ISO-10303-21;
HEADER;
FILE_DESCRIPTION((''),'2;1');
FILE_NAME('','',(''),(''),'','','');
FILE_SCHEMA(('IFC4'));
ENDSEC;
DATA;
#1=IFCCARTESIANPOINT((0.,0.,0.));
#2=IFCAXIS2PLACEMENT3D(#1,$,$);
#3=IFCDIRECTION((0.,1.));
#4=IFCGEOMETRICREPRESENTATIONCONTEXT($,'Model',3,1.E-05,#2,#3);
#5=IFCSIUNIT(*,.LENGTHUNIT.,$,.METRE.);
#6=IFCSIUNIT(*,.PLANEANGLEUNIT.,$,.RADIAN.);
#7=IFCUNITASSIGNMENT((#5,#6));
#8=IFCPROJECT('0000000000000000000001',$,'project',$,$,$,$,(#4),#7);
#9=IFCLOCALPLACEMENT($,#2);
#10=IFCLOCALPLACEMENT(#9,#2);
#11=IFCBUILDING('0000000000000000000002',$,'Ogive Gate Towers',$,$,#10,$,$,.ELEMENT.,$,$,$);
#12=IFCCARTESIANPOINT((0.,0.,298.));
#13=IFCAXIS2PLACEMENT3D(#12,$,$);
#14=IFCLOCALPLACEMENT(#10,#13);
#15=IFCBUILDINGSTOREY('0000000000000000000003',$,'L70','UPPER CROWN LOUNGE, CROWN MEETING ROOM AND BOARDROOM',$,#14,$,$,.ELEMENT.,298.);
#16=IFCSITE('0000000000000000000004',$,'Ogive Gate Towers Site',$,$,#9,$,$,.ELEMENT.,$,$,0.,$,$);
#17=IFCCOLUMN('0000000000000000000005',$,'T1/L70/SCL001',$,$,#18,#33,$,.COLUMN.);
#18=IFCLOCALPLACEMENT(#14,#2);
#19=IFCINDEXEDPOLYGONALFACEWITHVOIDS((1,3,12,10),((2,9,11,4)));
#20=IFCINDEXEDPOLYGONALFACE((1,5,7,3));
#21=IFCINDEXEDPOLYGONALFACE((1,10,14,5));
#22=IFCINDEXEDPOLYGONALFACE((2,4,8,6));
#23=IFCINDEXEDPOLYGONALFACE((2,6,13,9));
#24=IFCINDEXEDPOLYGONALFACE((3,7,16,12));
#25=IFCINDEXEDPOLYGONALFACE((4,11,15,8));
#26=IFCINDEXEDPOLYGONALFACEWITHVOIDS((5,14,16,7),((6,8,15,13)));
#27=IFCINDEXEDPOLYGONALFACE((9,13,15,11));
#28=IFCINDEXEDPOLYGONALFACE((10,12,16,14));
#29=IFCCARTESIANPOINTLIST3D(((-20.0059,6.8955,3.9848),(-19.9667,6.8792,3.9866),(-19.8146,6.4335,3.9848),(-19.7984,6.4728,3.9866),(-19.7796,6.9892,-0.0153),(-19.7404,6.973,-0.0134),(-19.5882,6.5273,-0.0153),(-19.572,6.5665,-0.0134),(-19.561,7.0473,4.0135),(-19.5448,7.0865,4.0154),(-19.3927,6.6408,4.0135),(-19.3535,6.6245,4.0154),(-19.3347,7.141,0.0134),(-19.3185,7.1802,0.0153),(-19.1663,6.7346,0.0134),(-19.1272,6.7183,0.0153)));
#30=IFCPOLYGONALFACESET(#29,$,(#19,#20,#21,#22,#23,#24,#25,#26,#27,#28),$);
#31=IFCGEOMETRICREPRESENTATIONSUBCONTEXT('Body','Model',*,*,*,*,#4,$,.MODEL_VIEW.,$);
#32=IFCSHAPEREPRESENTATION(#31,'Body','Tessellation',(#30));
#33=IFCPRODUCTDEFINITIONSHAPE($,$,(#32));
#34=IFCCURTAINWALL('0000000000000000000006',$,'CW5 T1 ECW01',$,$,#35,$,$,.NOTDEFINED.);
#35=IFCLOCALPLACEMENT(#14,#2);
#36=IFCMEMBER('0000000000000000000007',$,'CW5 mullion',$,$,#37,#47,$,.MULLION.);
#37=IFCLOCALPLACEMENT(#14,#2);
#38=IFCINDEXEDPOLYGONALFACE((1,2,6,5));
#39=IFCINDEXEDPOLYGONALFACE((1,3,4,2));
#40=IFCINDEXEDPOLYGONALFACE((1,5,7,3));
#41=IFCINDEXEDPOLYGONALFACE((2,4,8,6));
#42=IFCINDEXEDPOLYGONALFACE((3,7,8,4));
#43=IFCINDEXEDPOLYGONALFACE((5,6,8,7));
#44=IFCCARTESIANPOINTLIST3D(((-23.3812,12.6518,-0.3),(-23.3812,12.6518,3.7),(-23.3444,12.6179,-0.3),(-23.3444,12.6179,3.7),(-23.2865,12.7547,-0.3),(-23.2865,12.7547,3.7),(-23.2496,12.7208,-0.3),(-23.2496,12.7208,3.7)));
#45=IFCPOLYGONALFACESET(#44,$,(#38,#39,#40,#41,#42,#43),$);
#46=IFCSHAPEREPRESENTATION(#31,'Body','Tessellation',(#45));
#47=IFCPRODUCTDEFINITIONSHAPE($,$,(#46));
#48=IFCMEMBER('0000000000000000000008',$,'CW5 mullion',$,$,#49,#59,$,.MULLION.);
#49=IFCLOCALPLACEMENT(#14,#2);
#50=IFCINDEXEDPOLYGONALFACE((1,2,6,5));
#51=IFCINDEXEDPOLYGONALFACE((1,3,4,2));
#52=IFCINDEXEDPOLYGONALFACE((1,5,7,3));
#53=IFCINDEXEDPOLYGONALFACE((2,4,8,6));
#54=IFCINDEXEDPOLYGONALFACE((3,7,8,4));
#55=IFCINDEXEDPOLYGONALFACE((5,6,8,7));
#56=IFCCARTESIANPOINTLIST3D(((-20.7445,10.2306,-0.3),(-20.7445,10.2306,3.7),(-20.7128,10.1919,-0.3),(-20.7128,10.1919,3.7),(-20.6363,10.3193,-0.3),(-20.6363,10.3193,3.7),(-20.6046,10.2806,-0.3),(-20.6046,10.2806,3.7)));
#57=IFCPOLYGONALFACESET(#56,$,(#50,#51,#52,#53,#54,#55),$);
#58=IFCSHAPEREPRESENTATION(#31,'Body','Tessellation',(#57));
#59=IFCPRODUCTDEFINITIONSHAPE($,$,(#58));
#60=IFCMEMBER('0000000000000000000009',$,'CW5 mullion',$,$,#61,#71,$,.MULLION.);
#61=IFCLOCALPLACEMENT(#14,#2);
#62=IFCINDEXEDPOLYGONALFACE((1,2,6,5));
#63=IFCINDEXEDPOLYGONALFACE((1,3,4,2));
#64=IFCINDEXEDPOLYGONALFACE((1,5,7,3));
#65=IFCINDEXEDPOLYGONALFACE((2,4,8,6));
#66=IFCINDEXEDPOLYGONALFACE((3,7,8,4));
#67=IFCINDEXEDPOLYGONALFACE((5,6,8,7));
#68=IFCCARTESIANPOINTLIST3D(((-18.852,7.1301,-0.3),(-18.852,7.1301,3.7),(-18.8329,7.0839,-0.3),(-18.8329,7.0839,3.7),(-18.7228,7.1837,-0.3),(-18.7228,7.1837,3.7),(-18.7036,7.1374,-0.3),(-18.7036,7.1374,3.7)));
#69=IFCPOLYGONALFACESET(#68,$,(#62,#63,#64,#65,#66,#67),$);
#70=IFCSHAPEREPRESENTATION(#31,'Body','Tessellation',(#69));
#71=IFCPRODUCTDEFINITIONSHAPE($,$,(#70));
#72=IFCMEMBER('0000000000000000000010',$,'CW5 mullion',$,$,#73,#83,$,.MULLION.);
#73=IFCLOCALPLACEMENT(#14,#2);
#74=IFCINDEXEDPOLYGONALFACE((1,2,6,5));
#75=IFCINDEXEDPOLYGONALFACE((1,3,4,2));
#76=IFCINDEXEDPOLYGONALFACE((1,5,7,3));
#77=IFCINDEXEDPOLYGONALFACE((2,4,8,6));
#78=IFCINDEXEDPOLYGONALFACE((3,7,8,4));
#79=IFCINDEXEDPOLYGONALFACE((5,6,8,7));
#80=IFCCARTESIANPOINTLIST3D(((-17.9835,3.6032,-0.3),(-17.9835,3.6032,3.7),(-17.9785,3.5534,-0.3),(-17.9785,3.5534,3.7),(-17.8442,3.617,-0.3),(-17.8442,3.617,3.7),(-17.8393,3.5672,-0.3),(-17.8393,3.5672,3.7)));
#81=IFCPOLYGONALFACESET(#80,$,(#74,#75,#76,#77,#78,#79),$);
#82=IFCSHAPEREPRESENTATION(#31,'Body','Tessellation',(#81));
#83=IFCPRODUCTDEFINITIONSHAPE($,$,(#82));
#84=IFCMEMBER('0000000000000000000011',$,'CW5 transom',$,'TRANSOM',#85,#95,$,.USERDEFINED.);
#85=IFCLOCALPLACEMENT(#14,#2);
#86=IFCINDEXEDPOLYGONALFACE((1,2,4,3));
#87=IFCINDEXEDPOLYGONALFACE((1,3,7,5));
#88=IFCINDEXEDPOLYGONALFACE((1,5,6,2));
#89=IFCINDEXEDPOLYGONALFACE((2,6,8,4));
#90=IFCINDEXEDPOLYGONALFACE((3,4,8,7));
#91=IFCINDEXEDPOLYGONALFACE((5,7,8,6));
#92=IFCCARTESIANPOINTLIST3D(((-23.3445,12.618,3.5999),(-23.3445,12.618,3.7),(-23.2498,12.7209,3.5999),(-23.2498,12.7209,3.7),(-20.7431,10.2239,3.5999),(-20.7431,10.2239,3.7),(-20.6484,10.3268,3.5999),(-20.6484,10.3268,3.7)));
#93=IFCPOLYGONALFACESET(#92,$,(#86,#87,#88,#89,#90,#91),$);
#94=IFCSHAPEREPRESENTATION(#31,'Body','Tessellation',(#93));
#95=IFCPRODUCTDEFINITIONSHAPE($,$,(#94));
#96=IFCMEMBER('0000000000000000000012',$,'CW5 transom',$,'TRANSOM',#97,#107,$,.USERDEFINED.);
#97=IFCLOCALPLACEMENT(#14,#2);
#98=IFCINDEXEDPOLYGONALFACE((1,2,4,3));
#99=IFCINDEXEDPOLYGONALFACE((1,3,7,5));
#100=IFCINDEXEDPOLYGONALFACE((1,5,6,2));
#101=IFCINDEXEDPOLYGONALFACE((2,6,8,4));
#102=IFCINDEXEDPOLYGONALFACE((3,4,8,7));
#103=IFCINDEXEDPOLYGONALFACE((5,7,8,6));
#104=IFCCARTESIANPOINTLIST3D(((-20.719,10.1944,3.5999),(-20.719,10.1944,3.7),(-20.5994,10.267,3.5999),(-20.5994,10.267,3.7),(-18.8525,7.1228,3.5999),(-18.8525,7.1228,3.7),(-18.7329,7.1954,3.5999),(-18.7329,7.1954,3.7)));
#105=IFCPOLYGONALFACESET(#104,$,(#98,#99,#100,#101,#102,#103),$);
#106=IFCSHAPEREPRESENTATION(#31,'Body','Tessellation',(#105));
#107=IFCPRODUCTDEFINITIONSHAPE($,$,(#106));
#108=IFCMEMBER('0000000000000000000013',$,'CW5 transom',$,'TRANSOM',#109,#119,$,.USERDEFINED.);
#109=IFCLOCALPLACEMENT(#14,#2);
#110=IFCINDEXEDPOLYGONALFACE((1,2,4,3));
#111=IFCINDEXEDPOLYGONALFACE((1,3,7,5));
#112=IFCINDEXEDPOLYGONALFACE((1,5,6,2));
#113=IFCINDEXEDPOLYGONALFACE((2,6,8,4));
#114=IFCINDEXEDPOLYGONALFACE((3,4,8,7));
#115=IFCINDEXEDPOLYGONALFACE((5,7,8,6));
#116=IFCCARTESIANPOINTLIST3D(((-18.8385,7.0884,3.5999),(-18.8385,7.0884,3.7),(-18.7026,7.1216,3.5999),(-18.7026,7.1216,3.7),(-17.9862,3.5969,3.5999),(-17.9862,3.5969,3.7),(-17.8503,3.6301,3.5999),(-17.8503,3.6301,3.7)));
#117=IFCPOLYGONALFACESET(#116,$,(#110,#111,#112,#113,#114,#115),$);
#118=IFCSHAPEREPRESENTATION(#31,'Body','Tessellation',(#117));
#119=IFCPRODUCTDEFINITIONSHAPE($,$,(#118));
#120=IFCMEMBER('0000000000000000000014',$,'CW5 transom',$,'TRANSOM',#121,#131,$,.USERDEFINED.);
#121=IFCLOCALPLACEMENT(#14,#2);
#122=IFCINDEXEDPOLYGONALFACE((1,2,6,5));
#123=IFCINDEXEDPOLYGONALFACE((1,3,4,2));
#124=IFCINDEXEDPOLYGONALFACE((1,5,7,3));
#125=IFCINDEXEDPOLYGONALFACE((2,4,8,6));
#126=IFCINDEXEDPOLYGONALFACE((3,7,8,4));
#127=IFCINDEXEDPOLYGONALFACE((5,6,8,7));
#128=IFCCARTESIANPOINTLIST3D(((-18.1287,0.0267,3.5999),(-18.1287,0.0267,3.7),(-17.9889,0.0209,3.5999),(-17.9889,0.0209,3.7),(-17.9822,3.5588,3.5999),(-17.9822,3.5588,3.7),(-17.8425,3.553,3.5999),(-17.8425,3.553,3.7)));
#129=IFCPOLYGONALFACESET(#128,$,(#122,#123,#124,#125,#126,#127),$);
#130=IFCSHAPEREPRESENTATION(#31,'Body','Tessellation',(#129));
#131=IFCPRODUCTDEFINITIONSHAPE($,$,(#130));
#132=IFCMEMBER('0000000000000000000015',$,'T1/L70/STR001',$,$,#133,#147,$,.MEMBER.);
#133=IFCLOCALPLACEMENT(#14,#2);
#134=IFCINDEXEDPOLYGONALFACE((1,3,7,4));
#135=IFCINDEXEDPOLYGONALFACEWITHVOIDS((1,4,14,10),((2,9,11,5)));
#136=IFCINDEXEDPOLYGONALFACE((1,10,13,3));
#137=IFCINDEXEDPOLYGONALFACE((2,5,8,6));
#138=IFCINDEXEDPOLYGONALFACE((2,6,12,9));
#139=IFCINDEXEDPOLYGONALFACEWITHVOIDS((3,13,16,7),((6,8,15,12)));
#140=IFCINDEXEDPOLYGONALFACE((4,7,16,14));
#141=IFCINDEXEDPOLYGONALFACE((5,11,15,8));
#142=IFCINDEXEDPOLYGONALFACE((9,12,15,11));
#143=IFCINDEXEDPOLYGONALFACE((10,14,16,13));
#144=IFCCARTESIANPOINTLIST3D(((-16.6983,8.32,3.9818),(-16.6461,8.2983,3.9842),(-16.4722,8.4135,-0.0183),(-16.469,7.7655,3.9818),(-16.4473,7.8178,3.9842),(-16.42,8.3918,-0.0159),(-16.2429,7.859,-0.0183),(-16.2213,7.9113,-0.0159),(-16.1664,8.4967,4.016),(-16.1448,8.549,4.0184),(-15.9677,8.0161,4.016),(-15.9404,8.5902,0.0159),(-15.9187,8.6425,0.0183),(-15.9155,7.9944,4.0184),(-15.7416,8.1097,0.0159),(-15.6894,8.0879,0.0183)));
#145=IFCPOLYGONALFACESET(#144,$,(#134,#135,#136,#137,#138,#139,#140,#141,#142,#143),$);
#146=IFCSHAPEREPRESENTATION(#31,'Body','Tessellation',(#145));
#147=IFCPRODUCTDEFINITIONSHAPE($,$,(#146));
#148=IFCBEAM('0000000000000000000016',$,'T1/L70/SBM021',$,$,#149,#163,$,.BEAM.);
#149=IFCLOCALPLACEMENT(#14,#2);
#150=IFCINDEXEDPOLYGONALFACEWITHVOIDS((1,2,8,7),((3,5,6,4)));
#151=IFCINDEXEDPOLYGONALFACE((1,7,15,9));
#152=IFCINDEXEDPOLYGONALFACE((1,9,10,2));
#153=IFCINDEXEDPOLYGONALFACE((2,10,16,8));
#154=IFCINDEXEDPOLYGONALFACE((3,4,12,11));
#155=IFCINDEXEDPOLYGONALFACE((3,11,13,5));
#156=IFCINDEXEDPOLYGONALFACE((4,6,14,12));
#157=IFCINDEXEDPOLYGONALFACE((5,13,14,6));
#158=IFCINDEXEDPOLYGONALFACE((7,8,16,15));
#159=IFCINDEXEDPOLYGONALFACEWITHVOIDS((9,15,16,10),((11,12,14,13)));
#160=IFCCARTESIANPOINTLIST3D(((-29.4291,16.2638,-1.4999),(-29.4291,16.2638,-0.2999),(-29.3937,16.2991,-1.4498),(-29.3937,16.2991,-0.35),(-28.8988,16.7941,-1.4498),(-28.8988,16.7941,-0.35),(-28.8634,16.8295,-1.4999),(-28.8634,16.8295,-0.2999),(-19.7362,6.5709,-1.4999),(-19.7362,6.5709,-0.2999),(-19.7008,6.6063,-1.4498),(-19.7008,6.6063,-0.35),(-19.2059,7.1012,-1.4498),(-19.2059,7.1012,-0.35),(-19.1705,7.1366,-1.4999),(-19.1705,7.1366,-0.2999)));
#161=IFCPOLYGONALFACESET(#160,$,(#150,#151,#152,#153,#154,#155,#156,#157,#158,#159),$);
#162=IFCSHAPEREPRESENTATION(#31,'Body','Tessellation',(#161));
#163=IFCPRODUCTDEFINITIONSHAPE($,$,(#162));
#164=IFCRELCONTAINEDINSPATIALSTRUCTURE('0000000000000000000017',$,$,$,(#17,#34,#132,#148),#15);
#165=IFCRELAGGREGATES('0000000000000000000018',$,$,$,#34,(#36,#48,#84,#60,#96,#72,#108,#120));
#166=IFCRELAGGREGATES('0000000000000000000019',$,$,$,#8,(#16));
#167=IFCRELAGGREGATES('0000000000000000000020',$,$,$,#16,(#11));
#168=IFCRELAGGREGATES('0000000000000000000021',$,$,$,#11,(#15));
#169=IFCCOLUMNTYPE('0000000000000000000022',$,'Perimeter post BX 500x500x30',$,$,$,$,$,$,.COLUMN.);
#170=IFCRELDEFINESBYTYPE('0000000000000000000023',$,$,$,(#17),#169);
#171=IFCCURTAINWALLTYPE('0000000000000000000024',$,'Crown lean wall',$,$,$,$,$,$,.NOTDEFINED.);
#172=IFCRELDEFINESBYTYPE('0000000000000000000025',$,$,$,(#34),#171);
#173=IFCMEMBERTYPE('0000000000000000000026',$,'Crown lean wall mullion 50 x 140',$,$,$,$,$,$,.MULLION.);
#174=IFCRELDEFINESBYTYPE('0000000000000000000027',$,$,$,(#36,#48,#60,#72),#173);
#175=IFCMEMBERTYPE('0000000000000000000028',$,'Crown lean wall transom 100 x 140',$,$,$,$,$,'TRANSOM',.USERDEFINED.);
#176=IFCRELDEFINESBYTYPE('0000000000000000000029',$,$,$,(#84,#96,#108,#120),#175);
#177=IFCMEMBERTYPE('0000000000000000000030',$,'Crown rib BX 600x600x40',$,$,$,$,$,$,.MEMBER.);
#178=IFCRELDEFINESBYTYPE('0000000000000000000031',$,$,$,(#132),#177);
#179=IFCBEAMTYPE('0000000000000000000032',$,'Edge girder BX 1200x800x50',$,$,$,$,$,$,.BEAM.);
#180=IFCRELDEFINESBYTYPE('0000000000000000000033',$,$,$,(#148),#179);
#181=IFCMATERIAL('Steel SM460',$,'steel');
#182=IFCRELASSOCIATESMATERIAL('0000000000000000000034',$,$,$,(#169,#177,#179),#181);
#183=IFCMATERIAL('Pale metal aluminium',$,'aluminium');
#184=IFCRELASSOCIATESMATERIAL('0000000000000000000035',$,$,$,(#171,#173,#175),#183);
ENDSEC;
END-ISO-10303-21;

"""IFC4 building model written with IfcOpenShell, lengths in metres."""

from ifc_helpers import new_model, si_unit, direction, frame, origin, origin_2d, place, context, subcontext, project, spatial, rectangle, hollow_rectangle, extrude, material, material_profile, profile_set, type_object, element, aggregate, save


model = new_model("IFC4")

# Units and contexts
model_context = context("Model", 3, precision=1e-05, world=origin(), true_north=direction((0.0, 1.0)))
body_context = subcontext(model_context, "Body", "Model", "MODEL_VIEW")
ifc_project = project(units=[si_unit("LENGTHUNIT", "METRE"), si_unit("PLANEANGLEUNIT", "RADIAN")], contexts=[model_context])

# Site, building, storey
site_placement = place(None, origin())
site = spatial("IfcSite", under=ifc_project, at=site_placement, Name="Ogive Gate Towers Site", CompositionType="ELEMENT", RefElevation=0.0)
building_placement = place(site_placement, origin())
building = spatial("IfcBuilding", under=site, at=building_placement, Name="Ogive Gate Towers", CompositionType="ELEMENT")
storey_placement = place(building_placement, frame((0.0, 0.0, 298.0)))
storey = spatial("IfcBuildingStorey", under=building, at=storey_placement, Name="L70", Description="UPPER CROWN LOUNGE, CROWN MEETING ROOM AND BOARDROOM", CompositionType="ELEMENT", Elevation=298.0)

# Column
ifc_material_1 = material(Name="Steel SM460", Category="steel")
ifc_material_profile_1 = material_profile(ifc_material_1, hollow_rectangle(XDim=0.5, YDim=0.5, WallThickness=0.03, at=origin_2d()), Name="BX 500x500x30")
ifc_profile_set_1 = profile_set([ifc_material_profile_1], Name="Steel SM460")
column_type = type_object("IfcColumnType", Name="Perimeter post BX 500x500x30", PredefinedType="COLUMN", material=ifc_profile_set_1)
column_placement = place(storey_placement, frame((-19.4534, 6.8538, 0.0), z_axis=(-0.056474, -0.023394, 0.99813), x_axis=(0.382704, -0.923871, 0.0)))
element("IfcColumn", 1, at=column_placement, inside=storey, type_object=column_type, Name="T1/L70/SCL001", PredefinedType="COLUMN", context=body_context, shape_type="SweptSolid", body=[
    extrude(hollow_rectangle(XDim=0.5, YDim=0.5, WallThickness=0.03, at=origin_2d()), origin(), (0.0, 0.0, 1.0), 4.0076),
])

# Curtain wall, members
ifc_material_2 = material(Name="Pale metal aluminium", Category="aluminium")
curtain_wall_type = type_object("IfcCurtainWallType", Name="Crown lean wall", PredefinedType="NOTDEFINED", material=ifc_material_2)
curtain_wall_placement = place(storey_placement, origin())
curtain_wall = element("IfcCurtainWall", 2, at=curtain_wall_placement, inside=storey, type_object=curtain_wall_type, Name="CW5 T1 ECW01", PredefinedType="NOTDEFINED")
ifc_material_profile_2 = material_profile(ifc_material_2, rectangle(XDim=0.1399, YDim=0.05, at=origin_2d()), Name="50 x 140 aluminium box")
ifc_profile_set_2 = profile_set([ifc_material_profile_2], Name="Pale metal aluminium")
member_type_1 = type_object("IfcMemberType", Name="Crown lean wall mullion 50 x 140", PredefinedType="MULLION", material=ifc_profile_set_2)
member_1_placement = place(storey_placement, frame((-23.3154, 12.6863, -0.3), z_axis=(0.0, 0.0, 1.0), x_axis=(-0.677184, -0.735813, 0.0)))
member_1 = element("IfcMember", 3, at=member_1_placement, type_object=member_type_1, Name="CW5 mullion", PredefinedType="MULLION", context=body_context, shape_type="SweptSolid", body=[
    extrude(rectangle(XDim=0.1399, YDim=0.05, at=origin_2d()), origin(), (0.0, 0.0, 1.0), 4.0),
])
member_2_placement = place(storey_placement, frame((-20.6746, 10.2556, -0.3), z_axis=(0.0, 0.0, 1.0), x_axis=(-0.77352, -0.633772, 0.0)))
member_2 = element("IfcMember", 4, at=member_2_placement, type_object=member_type_1, Name="CW5 mullion", PredefinedType="MULLION", context=body_context, shape_type="SweptSolid", body=[
    extrude(rectangle(XDim=0.1399, YDim=0.05, at=origin_2d()), origin(), (0.0, 0.0, 1.0), 4.0),
])
member_3_placement = place(storey_placement, frame((-18.7778, 7.1338, -0.3), z_axis=(0.0, 0.0, 1.0), x_axis=(-0.92388, -0.382683, 0.0)))
member_3 = element("IfcMember", 5, at=member_3_placement, type_object=member_type_1, Name="CW5 mullion", PredefinedType="MULLION", context=body_context, shape_type="SweptSolid", body=[
    extrude(rectangle(XDim=0.1399, YDim=0.05, at=origin_2d()), origin(), (0.0, 0.0, 1.0), 4.0),
])
member_4_placement = place(storey_placement, frame((-17.9114, 3.5852, -0.3), z_axis=(0.0, 0.0, 1.0), x_axis=(-0.995104, -0.098833, 0.0)))
member_4 = element("IfcMember", 6, at=member_4_placement, type_object=member_type_1, Name="CW5 mullion", PredefinedType="MULLION", context=body_context, shape_type="SweptSolid", body=[
    extrude(rectangle(XDim=0.1399, YDim=0.05, at=origin_2d()), origin(), (0.0, 0.0, 1.0), 4.0),
])
ifc_material_profile_3 = material_profile(ifc_material_2, rectangle(XDim=0.1399, YDim=0.1001, at=origin_2d()), Name="100 x 140 aluminium box")
ifc_profile_set_3 = profile_set([ifc_material_profile_3], Name="Pale metal aluminium")
member_type_2 = type_object("IfcMemberType", Name="Crown lean wall transom 100 x 140", ElementType="TRANSOM", PredefinedType="USERDEFINED", material=ifc_profile_set_3)
member_5_placement = place(storey_placement, frame((-23.2971, 12.6694, 3.6499), z_axis=(0.735814, -0.677184, 0.0), x_axis=(0.677184, 0.735814, 0.0)))
member_5 = element("IfcMember", 7, at=member_5_placement, type_object=member_type_2, Name="CW5 transom", ObjectType="TRANSOM", PredefinedType="USERDEFINED", context=body_context, shape_type="SweptSolid", body=[
    extrude(rectangle(XDim=0.1399, YDim=0.1001, at=origin_2d()), origin(), (0.0, 0.0, 1.0), 3.5354),
])
member_6_placement = place(storey_placement, frame((-20.6592, 10.2307, 3.6499), z_axis=(0.519302, -0.854591, 0.0), x_axis=(0.854591, 0.519302, 0.0)))
member_6 = element("IfcMember", 8, at=member_6_placement, type_object=member_type_2, Name="CW5 transom", ObjectType="TRANSOM", PredefinedType="USERDEFINED", context=body_context, shape_type="SweptSolid", body=[
    extrude(rectangle(XDim=0.1399, YDim=0.1001, at=origin_2d()), origin(), (0.0, 0.0, 1.0), 3.5942),
])
member_7_placement = place(storey_placement, frame((-18.7705, 7.105, 3.6499), z_axis=(0.237145, -0.971474, 0.0), x_axis=(0.971474, 0.237145, 0.0)))
member_7 = element("IfcMember", 9, at=member_7_placement, type_object=member_type_2, Name="CW5 transom", ObjectType="TRANSOM", PredefinedType="USERDEFINED", context=body_context, shape_type="SweptSolid", body=[
    extrude(rectangle(XDim=0.1399, YDim=0.1001, at=origin_2d()), origin(), (0.0, 0.0, 1.0), 3.594),
])
member_8_placement = place(storey_placement, frame((-17.9124, 3.5559, 3.6499), z_axis=(-0.041435, -0.999141, 0.0), x_axis=(0.999141, -0.041435, 0.0)))
member_8 = element("IfcMember", 10, at=member_8_placement, type_object=member_type_2, Name="CW5 transom", ObjectType="TRANSOM", PredefinedType="USERDEFINED", context=body_context, shape_type="SweptSolid", body=[
    extrude(rectangle(XDim=0.1399, YDim=0.1001, at=origin_2d()), origin(), (0.0, 0.0, 1.0), 3.5352),
])

# Member
ifc_material_profile_4 = material_profile(ifc_material_1, hollow_rectangle(XDim=0.6001, YDim=0.6001, WallThickness=0.04, at=origin_2d()), Name="BX 600x600x40")
ifc_profile_set_4 = profile_set([ifc_material_profile_4], Name="Steel SM460")
member_type_3 = type_object("IfcMemberType", Name="Crown rib BX 600x600x40", PredefinedType="MEMBER", material=ifc_profile_set_4)
member_9_placement = place(storey_placement, frame((-16.0808, 8.2507, 0.0), z_axis=(-0.056413, -0.023333, 0.998135), x_axis=(0.382205, -0.924078, 0.0)))
element("IfcMember", 11, at=member_9_placement, inside=storey, type_object=member_type_3, Name="T1/L70/STR001", PredefinedType="MEMBER", context=body_context, shape_type="SweptSolid", body=[
    extrude(hollow_rectangle(XDim=0.6001, YDim=0.6001, WallThickness=0.04, at=origin_2d()), origin(), (0.0, 0.0, 1.0), 4.0076),
])

# Beam
ifc_material_profile_5 = material_profile(ifc_material_1, hollow_rectangle(XDim=0.8, YDim=1.2, WallThickness=0.05, at=origin_2d()), Name="BX 1200x800x50")
ifc_profile_set_5 = profile_set([ifc_material_profile_5], Name="Steel SM460")
beam_type = type_object("IfcBeamType", Name="Edge girder BX 1200x800x50", PredefinedType="BEAM", material=ifc_profile_set_5)
beam_placement = place(storey_placement, frame((-19.4534, 6.8538, -0.8999), z_axis=(-0.707107, 0.707107, 0.0), x_axis=(-0.707107, -0.707107, 0.0)))
element("IfcBeam", 12, at=beam_placement, inside=storey, type_object=beam_type, Name="T1/L70/SBM021", PredefinedType="BEAM", context=body_context, shape_type="SweptSolid", body=[
    extrude(hollow_rectangle(XDim=0.8, YDim=1.2, WallThickness=0.05, at=origin_2d()), origin(), (0.0, 0.0, 1.0), 13.7078),
])

aggregate(curtain_wall, [member_1, member_2, member_5, member_3, member_6, member_4, member_7, member_8])

save(model, "model.ifc")
